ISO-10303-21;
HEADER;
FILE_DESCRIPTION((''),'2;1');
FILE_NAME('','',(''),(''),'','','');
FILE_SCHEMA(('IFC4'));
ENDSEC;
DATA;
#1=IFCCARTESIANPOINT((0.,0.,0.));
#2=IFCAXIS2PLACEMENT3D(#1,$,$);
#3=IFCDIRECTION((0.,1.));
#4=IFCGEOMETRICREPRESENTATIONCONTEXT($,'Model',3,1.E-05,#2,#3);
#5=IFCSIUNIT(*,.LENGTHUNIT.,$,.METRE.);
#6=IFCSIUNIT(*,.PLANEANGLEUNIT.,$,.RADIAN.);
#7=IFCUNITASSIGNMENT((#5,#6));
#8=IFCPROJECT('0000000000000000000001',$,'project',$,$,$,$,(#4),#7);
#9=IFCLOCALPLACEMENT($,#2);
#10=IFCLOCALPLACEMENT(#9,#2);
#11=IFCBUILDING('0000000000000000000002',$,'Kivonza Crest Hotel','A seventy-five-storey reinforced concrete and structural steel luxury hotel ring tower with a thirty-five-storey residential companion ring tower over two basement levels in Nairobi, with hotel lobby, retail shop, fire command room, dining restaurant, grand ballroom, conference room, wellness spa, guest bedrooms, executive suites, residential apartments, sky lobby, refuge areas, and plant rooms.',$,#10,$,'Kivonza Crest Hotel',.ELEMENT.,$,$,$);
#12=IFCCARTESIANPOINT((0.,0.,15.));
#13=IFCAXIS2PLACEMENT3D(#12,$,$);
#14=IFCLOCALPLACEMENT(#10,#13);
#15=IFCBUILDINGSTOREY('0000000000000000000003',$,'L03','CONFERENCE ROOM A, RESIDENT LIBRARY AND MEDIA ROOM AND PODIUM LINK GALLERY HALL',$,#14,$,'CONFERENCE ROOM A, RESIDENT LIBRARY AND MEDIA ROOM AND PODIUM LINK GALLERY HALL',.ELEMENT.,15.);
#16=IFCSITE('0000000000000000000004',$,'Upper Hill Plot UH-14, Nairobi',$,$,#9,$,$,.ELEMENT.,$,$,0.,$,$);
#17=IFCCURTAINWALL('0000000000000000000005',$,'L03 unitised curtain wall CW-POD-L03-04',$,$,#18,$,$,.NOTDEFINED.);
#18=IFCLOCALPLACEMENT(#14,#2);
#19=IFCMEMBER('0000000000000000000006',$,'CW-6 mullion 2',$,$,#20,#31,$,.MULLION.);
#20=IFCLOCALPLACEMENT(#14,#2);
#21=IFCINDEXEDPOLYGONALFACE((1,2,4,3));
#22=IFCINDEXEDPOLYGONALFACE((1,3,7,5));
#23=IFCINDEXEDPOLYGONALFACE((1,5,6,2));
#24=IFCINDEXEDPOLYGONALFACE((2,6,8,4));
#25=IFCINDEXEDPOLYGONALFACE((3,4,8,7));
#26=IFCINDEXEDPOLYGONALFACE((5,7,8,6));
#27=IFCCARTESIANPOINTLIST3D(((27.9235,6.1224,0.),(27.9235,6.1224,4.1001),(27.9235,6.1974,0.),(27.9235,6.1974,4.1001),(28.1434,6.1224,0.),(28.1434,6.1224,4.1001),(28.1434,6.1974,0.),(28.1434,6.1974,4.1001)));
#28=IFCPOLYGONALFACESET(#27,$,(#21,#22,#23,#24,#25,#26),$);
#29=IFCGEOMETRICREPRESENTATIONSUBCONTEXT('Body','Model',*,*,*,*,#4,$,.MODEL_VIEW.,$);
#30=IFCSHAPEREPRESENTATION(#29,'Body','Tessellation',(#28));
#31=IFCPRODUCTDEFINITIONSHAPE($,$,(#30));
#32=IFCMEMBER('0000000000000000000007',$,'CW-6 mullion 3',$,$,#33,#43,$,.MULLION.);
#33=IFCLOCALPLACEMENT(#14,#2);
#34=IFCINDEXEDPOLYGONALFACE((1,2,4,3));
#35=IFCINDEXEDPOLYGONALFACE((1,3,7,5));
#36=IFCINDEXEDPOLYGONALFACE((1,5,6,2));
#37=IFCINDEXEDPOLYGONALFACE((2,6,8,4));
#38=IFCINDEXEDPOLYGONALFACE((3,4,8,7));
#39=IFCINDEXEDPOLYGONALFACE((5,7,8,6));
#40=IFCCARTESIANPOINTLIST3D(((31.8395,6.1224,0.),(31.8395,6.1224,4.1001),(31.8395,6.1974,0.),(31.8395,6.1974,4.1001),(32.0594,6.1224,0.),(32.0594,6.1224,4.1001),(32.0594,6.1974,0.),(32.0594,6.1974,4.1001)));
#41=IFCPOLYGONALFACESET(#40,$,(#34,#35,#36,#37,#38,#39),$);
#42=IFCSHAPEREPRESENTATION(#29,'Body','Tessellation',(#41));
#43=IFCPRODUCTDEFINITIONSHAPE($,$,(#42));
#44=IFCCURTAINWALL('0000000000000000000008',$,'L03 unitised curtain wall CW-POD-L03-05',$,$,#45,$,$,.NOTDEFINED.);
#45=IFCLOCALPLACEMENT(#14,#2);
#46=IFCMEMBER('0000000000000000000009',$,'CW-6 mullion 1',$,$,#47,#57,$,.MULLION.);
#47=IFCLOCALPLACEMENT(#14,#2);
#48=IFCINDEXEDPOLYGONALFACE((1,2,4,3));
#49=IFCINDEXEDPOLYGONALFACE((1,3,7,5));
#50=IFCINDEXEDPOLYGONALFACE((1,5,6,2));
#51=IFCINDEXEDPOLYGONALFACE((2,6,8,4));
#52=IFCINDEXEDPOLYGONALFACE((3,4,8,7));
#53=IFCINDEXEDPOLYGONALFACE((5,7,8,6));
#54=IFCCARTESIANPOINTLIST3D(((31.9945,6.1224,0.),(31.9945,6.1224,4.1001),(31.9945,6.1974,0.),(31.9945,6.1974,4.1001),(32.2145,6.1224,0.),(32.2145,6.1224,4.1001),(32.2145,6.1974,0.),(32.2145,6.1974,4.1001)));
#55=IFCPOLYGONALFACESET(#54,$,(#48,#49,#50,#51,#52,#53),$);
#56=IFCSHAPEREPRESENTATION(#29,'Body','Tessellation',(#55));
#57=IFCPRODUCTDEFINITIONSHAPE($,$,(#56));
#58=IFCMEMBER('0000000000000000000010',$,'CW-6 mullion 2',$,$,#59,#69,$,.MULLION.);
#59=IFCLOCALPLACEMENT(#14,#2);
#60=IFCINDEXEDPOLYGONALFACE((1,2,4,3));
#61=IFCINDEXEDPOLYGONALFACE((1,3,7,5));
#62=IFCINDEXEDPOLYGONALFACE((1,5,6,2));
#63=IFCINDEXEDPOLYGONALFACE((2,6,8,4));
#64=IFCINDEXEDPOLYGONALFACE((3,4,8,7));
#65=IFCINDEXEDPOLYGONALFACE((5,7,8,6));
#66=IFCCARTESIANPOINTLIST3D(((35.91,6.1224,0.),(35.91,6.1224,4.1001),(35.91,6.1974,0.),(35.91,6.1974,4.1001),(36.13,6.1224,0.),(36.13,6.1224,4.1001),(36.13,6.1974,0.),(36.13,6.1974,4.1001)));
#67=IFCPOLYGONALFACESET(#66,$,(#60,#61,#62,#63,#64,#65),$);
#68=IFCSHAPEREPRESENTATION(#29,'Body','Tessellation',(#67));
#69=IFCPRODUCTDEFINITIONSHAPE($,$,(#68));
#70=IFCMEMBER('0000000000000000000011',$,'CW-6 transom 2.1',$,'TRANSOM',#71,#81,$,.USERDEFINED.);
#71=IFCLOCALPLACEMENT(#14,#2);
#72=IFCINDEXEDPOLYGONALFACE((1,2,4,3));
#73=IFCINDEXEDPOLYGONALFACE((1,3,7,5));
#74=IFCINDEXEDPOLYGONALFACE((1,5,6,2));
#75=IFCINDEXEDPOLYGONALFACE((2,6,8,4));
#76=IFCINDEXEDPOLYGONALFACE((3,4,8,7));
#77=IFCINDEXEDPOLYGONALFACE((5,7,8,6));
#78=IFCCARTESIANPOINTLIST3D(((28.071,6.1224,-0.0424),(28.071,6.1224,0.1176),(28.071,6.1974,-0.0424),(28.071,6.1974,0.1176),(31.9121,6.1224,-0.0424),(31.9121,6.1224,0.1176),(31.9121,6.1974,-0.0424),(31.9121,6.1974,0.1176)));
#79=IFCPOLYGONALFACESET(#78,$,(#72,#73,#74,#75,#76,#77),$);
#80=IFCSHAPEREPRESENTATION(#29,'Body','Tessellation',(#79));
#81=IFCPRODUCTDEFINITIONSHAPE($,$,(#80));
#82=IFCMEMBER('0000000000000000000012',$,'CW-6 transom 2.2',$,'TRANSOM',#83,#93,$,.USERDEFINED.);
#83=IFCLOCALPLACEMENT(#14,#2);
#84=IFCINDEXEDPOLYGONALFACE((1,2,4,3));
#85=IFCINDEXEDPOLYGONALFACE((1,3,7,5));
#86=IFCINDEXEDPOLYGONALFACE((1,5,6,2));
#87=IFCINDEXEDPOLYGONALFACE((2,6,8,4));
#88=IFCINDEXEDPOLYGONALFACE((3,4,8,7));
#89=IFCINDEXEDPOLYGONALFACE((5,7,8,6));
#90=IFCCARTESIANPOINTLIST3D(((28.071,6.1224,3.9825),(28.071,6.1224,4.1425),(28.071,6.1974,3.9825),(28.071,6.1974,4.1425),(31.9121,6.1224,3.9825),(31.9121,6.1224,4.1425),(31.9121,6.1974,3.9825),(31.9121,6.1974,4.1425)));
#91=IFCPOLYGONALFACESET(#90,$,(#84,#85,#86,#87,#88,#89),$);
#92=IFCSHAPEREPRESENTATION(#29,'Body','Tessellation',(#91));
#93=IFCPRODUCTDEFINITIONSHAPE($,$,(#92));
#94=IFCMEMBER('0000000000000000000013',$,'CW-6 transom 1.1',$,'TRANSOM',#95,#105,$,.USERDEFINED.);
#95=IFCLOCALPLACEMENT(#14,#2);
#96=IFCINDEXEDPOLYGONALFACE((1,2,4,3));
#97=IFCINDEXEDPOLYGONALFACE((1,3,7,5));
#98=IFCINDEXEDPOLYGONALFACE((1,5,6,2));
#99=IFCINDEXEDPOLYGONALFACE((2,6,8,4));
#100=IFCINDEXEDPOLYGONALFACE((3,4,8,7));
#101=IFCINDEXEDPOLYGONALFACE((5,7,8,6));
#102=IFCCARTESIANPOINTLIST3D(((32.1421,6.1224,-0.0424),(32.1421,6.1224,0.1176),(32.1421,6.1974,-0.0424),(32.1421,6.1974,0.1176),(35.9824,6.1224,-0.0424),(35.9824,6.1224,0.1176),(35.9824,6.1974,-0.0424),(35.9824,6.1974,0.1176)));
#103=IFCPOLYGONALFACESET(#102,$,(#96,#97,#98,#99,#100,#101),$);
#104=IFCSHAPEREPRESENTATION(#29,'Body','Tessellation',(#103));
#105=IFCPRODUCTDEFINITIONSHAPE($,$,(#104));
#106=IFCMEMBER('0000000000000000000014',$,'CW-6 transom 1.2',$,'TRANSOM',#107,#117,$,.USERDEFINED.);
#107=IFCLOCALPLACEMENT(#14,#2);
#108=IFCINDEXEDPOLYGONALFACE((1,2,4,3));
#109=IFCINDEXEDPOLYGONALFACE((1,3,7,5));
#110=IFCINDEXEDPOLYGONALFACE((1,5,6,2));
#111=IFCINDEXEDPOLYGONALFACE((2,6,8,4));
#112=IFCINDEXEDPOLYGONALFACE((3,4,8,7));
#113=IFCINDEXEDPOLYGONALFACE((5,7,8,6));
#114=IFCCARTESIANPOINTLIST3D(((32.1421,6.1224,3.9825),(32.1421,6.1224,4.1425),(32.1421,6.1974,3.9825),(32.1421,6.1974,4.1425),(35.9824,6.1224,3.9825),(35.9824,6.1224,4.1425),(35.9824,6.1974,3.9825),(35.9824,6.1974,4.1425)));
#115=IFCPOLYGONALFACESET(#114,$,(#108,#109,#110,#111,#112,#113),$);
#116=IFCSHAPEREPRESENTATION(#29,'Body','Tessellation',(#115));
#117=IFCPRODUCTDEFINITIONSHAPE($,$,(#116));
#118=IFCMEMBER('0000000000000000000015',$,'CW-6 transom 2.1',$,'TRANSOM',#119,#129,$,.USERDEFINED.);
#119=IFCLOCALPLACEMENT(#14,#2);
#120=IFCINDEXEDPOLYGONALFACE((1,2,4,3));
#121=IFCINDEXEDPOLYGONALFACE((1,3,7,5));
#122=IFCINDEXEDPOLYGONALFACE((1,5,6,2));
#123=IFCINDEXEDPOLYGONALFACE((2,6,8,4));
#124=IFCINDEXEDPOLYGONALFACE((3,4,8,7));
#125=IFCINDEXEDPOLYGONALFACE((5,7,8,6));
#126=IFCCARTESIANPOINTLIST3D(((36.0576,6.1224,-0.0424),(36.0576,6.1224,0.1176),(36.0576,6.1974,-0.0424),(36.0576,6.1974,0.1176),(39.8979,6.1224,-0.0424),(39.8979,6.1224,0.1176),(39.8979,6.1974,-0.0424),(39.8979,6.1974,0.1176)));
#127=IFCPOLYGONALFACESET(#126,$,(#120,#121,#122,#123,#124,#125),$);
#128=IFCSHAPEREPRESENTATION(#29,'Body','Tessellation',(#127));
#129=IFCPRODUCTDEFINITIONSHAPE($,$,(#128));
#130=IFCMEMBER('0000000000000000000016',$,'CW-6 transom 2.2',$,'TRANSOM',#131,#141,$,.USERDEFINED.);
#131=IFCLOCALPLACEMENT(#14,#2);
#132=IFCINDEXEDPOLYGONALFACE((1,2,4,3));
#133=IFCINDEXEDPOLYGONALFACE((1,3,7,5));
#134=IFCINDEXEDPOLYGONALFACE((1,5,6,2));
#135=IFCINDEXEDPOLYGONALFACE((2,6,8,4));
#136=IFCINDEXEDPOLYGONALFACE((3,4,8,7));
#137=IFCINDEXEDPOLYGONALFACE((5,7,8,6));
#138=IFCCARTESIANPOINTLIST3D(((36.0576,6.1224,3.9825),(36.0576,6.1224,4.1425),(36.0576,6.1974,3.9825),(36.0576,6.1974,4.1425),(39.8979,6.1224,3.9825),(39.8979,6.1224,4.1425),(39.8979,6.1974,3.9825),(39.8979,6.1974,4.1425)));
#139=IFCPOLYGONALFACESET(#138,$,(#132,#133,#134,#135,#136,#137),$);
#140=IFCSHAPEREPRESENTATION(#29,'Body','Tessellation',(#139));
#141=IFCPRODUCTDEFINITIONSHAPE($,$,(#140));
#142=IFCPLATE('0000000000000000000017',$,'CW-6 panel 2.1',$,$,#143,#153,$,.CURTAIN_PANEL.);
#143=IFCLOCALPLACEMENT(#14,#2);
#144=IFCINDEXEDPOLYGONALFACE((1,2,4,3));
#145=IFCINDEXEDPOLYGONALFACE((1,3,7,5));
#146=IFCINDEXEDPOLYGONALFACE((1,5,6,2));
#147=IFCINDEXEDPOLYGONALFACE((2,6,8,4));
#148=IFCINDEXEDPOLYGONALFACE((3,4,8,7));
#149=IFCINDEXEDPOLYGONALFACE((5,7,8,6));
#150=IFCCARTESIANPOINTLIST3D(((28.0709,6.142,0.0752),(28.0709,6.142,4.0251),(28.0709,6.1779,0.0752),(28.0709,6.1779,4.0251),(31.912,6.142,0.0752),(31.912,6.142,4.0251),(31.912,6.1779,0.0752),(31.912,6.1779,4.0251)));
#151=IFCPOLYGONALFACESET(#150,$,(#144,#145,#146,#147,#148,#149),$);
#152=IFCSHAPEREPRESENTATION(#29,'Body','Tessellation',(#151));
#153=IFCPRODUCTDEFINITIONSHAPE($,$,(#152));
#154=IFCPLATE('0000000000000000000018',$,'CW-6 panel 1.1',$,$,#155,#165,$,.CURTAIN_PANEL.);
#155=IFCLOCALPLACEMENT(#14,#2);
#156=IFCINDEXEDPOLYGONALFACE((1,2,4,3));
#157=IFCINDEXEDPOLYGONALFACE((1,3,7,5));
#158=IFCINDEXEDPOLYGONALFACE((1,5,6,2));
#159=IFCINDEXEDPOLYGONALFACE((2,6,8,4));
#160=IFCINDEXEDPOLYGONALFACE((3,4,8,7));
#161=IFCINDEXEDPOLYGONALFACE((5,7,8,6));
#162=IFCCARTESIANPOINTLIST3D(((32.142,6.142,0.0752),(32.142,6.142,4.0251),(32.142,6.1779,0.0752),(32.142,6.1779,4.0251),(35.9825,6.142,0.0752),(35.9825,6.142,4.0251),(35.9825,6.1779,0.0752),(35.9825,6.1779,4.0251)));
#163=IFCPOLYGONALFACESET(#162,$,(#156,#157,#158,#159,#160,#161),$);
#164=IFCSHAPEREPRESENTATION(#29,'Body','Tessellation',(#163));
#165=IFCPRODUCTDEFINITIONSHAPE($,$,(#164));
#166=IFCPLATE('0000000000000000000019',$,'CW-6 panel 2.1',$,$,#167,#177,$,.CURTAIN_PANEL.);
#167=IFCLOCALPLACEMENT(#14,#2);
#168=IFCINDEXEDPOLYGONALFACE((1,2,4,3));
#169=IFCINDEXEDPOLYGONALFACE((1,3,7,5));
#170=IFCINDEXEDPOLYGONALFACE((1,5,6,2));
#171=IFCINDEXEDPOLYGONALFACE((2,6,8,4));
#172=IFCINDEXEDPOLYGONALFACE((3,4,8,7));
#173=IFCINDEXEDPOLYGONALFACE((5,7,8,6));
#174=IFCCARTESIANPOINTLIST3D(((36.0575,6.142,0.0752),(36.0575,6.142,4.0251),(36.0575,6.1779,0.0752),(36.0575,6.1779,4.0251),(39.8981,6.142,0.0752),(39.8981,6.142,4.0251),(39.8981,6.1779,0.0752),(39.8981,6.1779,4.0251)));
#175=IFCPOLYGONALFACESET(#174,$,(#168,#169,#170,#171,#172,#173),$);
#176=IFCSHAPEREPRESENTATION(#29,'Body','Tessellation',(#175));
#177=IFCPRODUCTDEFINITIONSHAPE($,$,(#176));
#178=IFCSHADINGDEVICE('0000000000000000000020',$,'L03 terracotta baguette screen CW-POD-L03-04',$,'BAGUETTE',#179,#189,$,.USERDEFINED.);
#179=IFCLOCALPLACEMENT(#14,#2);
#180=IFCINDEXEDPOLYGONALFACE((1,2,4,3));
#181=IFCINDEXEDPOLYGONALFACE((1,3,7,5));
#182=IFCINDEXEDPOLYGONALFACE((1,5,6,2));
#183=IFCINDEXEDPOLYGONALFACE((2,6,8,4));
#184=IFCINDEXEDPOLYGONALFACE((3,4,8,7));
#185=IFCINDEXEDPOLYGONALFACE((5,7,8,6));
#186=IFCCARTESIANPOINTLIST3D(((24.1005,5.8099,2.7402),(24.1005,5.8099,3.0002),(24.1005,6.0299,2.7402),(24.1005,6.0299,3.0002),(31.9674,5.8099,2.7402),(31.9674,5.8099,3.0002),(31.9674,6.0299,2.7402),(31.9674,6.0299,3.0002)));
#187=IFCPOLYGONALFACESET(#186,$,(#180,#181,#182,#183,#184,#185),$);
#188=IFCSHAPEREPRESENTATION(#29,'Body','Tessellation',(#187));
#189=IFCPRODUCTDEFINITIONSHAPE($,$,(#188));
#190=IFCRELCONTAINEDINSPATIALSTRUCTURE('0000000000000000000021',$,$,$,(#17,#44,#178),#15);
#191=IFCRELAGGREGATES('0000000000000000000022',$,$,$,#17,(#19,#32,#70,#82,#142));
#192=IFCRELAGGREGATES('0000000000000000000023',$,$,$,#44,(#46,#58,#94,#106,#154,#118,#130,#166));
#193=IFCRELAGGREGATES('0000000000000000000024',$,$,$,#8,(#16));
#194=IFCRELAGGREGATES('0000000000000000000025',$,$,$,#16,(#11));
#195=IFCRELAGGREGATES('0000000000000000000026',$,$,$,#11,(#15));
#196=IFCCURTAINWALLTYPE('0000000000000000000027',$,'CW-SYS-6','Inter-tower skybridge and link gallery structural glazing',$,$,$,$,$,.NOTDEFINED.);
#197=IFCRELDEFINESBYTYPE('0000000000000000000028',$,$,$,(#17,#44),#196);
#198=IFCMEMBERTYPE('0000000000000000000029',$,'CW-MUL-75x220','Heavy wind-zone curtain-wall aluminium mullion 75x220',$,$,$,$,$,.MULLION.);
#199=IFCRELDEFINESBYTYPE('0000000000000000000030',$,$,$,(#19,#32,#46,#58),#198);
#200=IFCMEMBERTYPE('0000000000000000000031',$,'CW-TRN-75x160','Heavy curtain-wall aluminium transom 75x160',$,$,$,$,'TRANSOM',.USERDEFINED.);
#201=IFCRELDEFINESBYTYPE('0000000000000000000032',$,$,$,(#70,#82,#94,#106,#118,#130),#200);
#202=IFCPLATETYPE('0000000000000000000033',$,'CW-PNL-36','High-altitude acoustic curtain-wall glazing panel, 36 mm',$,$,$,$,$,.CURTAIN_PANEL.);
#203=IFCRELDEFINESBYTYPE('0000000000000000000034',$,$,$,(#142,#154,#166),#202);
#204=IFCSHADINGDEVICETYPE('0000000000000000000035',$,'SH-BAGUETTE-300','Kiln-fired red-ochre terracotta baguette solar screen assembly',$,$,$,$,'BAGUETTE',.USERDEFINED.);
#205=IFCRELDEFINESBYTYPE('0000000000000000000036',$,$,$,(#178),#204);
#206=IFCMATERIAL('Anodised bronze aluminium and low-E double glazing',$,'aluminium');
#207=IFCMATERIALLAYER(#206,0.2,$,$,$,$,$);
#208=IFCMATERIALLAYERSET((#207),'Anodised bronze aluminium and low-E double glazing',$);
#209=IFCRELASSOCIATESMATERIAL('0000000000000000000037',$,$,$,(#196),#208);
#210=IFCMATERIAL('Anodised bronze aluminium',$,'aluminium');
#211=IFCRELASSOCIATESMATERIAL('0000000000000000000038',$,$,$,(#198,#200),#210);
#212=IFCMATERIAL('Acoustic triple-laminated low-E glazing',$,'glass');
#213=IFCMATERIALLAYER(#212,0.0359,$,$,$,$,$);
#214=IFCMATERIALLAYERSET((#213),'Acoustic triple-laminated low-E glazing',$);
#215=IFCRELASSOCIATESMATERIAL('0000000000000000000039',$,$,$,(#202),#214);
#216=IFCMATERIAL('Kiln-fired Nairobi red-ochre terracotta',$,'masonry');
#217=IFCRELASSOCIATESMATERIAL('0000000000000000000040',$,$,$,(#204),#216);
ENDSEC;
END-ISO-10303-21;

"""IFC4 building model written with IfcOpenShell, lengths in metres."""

from ifc_helpers import new_model, si_unit, direction, frame, origin, origin_2d, place, context, subcontext, project, spatial, rectangle, extrude, material, layer, layer_set, material_profile, profile_set, type_object, element, aggregate, save


model = new_model("IFC4")

# Units and contexts
model_context = context("Model", 3, precision=1e-05, world=origin(), true_north=direction((0.0, 1.0)))
body_context = subcontext(model_context, "Body", "Model", "MODEL_VIEW")
ifc_project = project(units=[si_unit("LENGTHUNIT", "METRE"), si_unit("PLANEANGLEUNIT", "RADIAN")], contexts=[model_context])

# Site, building, storey
site_placement = place(None, origin())
site = spatial("IfcSite", under=ifc_project, at=site_placement, Name="Upper Hill Plot UH-14, Nairobi", CompositionType="ELEMENT", RefElevation=0.0)
building_placement = place(site_placement, origin())
building = spatial("IfcBuilding", under=site, at=building_placement, Name="Kivonza Crest Hotel", Description="A seventy-five-storey reinforced concrete and structural steel luxury hotel ring tower with a thirty-five-storey residential companion ring tower over two basement levels in Nairobi, with hotel lobby, retail shop, fire command room, dining restaurant, grand ballroom, conference room, wellness spa, guest bedrooms, executive suites, residential apartments, sky lobby, refuge areas, and plant rooms.", LongName="Kivonza Crest Hotel", CompositionType="ELEMENT")
storey_placement = place(building_placement, frame((0.0, 0.0, 15.0)))
storey = spatial("IfcBuildingStorey", under=building, at=storey_placement, Name="L03", Description="CONFERENCE ROOM A, RESIDENT LIBRARY AND MEDIA ROOM AND PODIUM LINK GALLERY HALL", LongName="CONFERENCE ROOM A, RESIDENT LIBRARY AND MEDIA ROOM AND PODIUM LINK GALLERY HALL", CompositionType="ELEMENT", Elevation=15.0)

# Curtain walls, members
ifc_material_1 = material(Name="Anodised bronze aluminium and low-E double glazing", Category="aluminium")
ifc_layer_1 = layer(ifc_material_1, 0.2)
ifc_layer_set_1 = layer_set([ifc_layer_1], Name="Anodised bronze aluminium and low-E double glazing")
curtain_wall_type = type_object("IfcCurtainWallType", Name="CW-SYS-6", Description="Inter-tower skybridge and link gallery structural glazing", PredefinedType="NOTDEFINED", material=ifc_layer_set_1)
curtain_wall_1_placement = place(storey_placement, origin())
curtain_wall_1 = element("IfcCurtainWall", 1, at=curtain_wall_1_placement, inside=storey, type_object=curtain_wall_type, Name="L03 unitised curtain wall CW-POD-L03-04", PredefinedType="NOTDEFINED")
ifc_material_2 = material(Name="Anodised bronze aluminium", Category="aluminium")
ifc_material_profile_1 = material_profile(ifc_material_2, rectangle(XDim=0.075, YDim=0.22, at=origin_2d()), Name="CW-M 75x220")
ifc_profile_set_1 = profile_set([ifc_material_profile_1], Name="Anodised bronze aluminium")
member_type_1 = type_object("IfcMemberType", Name="CW-MUL-75x220", Description="Heavy wind-zone curtain-wall aluminium mullion 75x220", PredefinedType="MULLION", material=ifc_profile_set_1)
member_1_placement = place(storey_placement, frame((28.0334, 6.1599, 0.0), z_axis=(0.0, 0.0, 1.0), x_axis=(0.0, 1.0, 0.0)))
member_1 = element("IfcMember", 2, at=member_1_placement, type_object=member_type_1, Name="CW-6 mullion 2", PredefinedType="MULLION", context=body_context, shape_type="SweptSolid", body=[
    extrude(rectangle(XDim=0.075, YDim=0.22, at=origin_2d()), origin(), (0.0, 0.0, 1.0), 4.1001),
])
member_2_placement = place(storey_placement, frame((31.9495, 6.1599, 0.0), z_axis=(0.0, 0.0, 1.0), x_axis=(0.0, 1.0, 0.0)))
member_2 = element("IfcMember", 3, at=member_2_placement, type_object=member_type_1, Name="CW-6 mullion 3", PredefinedType="MULLION", context=body_context, shape_type="SweptSolid", body=[
    extrude(rectangle(XDim=0.075, YDim=0.22, at=origin_2d()), origin(), (0.0, 0.0, 1.0), 4.1001),
])
curtain_wall_2_placement = place(storey_placement, origin())
curtain_wall_2 = element("IfcCurtainWall", 4, at=curtain_wall_2_placement, inside=storey, type_object=curtain_wall_type, Name="L03 unitised curtain wall CW-POD-L03-05", PredefinedType="NOTDEFINED")
member_3_placement = place(storey_placement, frame((32.1045, 6.1599, 0.0), z_axis=(0.0, 0.0, 1.0), x_axis=(0.0, 1.0, 0.0)))
member_3 = element("IfcMember", 5, at=member_3_placement, type_object=member_type_1, Name="CW-6 mullion 1", PredefinedType="MULLION", context=body_context, shape_type="SweptSolid", body=[
    extrude(rectangle(XDim=0.075, YDim=0.22, at=origin_2d()), origin(), (0.0, 0.0, 1.0), 4.1001),
])
member_4_placement = place(storey_placement, frame((36.02, 6.1599, 0.0), z_axis=(0.0, 0.0, 1.0), x_axis=(0.0, 1.0, 0.0)))
member_4 = element("IfcMember", 6, at=member_4_placement, type_object=member_type_1, Name="CW-6 mullion 2", PredefinedType="MULLION", context=body_context, shape_type="SweptSolid", body=[
    extrude(rectangle(XDim=0.075, YDim=0.22, at=origin_2d()), origin(), (0.0, 0.0, 1.0), 4.1001),
])

# Members
ifc_material_profile_2 = material_profile(ifc_material_2, rectangle(XDim=0.075, YDim=0.1599, at=origin_2d()), Name="CW-T 75x160")
ifc_profile_set_2 = profile_set([ifc_material_profile_2], Name="Anodised bronze aluminium")
member_type_2 = type_object("IfcMemberType", Name="CW-TRN-75x160", Description="Heavy curtain-wall aluminium transom 75x160", ElementType="TRANSOM", PredefinedType="USERDEFINED", material=ifc_profile_set_2)
member_5_placement = place(storey_placement, frame((28.071, 6.1599, 0.0376), z_axis=(1.0, 0.0, 0.0), x_axis=(0.0, 1.0, 0.0)))
member_5 = element("IfcMember", 7, at=member_5_placement, type_object=member_type_2, Name="CW-6 transom 2.1", ObjectType="TRANSOM", PredefinedType="USERDEFINED", context=body_context, shape_type="SweptSolid", body=[
    extrude(rectangle(XDim=0.075, YDim=0.1599, at=origin_2d()), origin(), (0.0, 0.0, 1.0), 3.8411),
])
member_6_placement = place(storey_placement, frame((28.071, 6.1599, 4.0625), z_axis=(1.0, 0.0, 0.0), x_axis=(0.0, 1.0, 0.0)))
member_6 = element("IfcMember", 8, at=member_6_placement, type_object=member_type_2, Name="CW-6 transom 2.2", ObjectType="TRANSOM", PredefinedType="USERDEFINED", context=body_context, shape_type="SweptSolid", body=[
    extrude(rectangle(XDim=0.075, YDim=0.1599, at=origin_2d()), origin(), (0.0, 0.0, 1.0), 3.8411),
])
member_7_placement = place(storey_placement, frame((32.1421, 6.1599, 0.0376), z_axis=(1.0, 0.0, 0.0), x_axis=(0.0, 1.0, 0.0)))
member_7 = element("IfcMember", 9, at=member_7_placement, type_object=member_type_2, Name="CW-6 transom 1.1", ObjectType="TRANSOM", PredefinedType="USERDEFINED", context=body_context, shape_type="SweptSolid", body=[
    extrude(rectangle(XDim=0.075, YDim=0.1599, at=origin_2d()), origin(), (0.0, 0.0, 1.0), 3.8403),
])
member_8_placement = place(storey_placement, frame((32.1421, 6.1599, 4.0625), z_axis=(1.0, 0.0, 0.0), x_axis=(0.0, 1.0, 0.0)))
member_8 = element("IfcMember", 10, at=member_8_placement, type_object=member_type_2, Name="CW-6 transom 1.2", ObjectType="TRANSOM", PredefinedType="USERDEFINED", context=body_context, shape_type="SweptSolid", body=[
    extrude(rectangle(XDim=0.075, YDim=0.1599, at=origin_2d()), origin(), (0.0, 0.0, 1.0), 3.8403),
])
member_9_placement = place(storey_placement, frame((36.0576, 6.1599, 0.0376), z_axis=(1.0, 0.0, 0.0), x_axis=(0.0, 1.0, 0.0)))
member_9 = element("IfcMember", 11, at=member_9_placement, type_object=member_type_2, Name="CW-6 transom 2.1", ObjectType="TRANSOM", PredefinedType="USERDEFINED", context=body_context, shape_type="SweptSolid", body=[
    extrude(rectangle(XDim=0.075, YDim=0.1599, at=origin_2d()), origin(), (0.0, 0.0, 1.0), 3.8403),
])
member_10_placement = place(storey_placement, frame((36.0576, 6.1599, 4.0625), z_axis=(1.0, 0.0, 0.0), x_axis=(0.0, 1.0, 0.0)))
member_10 = element("IfcMember", 12, at=member_10_placement, type_object=member_type_2, Name="CW-6 transom 2.2", ObjectType="TRANSOM", PredefinedType="USERDEFINED", context=body_context, shape_type="SweptSolid", body=[
    extrude(rectangle(XDim=0.075, YDim=0.1599, at=origin_2d()), origin(), (0.0, 0.0, 1.0), 3.8403),
])

# Plates
ifc_material_3 = material(Name="Acoustic triple-laminated low-E glazing", Category="glass")
ifc_layer_2 = layer(ifc_material_3, 0.0359)
ifc_layer_set_2 = layer_set([ifc_layer_2], Name="Acoustic triple-laminated low-E glazing")
plate_type = type_object("IfcPlateType", Name="CW-PNL-36", Description="High-altitude acoustic curtain-wall glazing panel, 36 mm", PredefinedType="CURTAIN_PANEL", material=ifc_layer_set_2)
plate_1_placement = place(storey_placement, frame((29.9915, 6.1599, 0.0752), z_axis=(0.0, 0.0, 1.0), x_axis=(1.0, 0.0, 0.0)))
plate_1 = element("IfcPlate", 13, at=plate_1_placement, type_object=plate_type, Name="CW-6 panel 2.1", PredefinedType="CURTAIN_PANEL", context=body_context, shape_type="SweptSolid", body=[
    extrude(rectangle(XDim=3.8411, YDim=0.0359, at=origin_2d()), origin(), (0.0, 0.0, 1.0), 3.95),
])
aggregate(curtain_wall_1, [member_1, member_2, member_5, member_6, plate_1])
plate_2_placement = place(storey_placement, frame((34.0623, 6.1599, 0.0752), z_axis=(0.0, 0.0, 1.0), x_axis=(1.0, 0.0, 0.0)))
plate_2 = element("IfcPlate", 14, at=plate_2_placement, type_object=plate_type, Name="CW-6 panel 1.1", PredefinedType="CURTAIN_PANEL", context=body_context, shape_type="SweptSolid", body=[
    extrude(rectangle(XDim=3.8406, YDim=0.0359, at=origin_2d()), origin(), (0.0, 0.0, 1.0), 3.95),
])
plate_3_placement = place(storey_placement, frame((37.9778, 6.1599, 0.0752), z_axis=(0.0, 0.0, 1.0), x_axis=(1.0, 0.0, 0.0)))
plate_3 = element("IfcPlate", 15, at=plate_3_placement, type_object=plate_type, Name="CW-6 panel 2.1", PredefinedType="CURTAIN_PANEL", context=body_context, shape_type="SweptSolid", body=[
    extrude(rectangle(XDim=3.8406, YDim=0.0359, at=origin_2d()), origin(), (0.0, 0.0, 1.0), 3.95),
])
aggregate(curtain_wall_2, [member_3, member_4, member_7, member_8, plate_2, member_9, member_10, plate_3])

# Shading device
ifc_material_4 = material(Name="Kiln-fired Nairobi red-ochre terracotta", Category="masonry")
shading_device_type_1 = type_object("IfcShadingDeviceType", Name="SH-BAGUETTE-300", Description="Kiln-fired red-ochre terracotta baguette solar screen assembly", ElementType="BAGUETTE", PredefinedType="USERDEFINED", material=ifc_material_4)
shading_device_1_placement = place(storey_placement, frame((28.0339, 5.9199, 2.7402), z_axis=(0.0, 0.0, 1.0), x_axis=(1.0, 0.0, 0.0)))
element("IfcShadingDevice", 16, at=shading_device_1_placement, inside=storey, type_object=shading_device_type_1, Name="L03 terracotta baguette screen CW-POD-L03-04", ObjectType="BAGUETTE", PredefinedType="USERDEFINED", context=body_context, shape_type="SweptSolid", body=[
    extrude(rectangle(XDim=7.8669, YDim=0.22, at=origin_2d()), origin(), (0.0, 0.0, 1.0), 0.26),
])

save(model, "model.ifc")
